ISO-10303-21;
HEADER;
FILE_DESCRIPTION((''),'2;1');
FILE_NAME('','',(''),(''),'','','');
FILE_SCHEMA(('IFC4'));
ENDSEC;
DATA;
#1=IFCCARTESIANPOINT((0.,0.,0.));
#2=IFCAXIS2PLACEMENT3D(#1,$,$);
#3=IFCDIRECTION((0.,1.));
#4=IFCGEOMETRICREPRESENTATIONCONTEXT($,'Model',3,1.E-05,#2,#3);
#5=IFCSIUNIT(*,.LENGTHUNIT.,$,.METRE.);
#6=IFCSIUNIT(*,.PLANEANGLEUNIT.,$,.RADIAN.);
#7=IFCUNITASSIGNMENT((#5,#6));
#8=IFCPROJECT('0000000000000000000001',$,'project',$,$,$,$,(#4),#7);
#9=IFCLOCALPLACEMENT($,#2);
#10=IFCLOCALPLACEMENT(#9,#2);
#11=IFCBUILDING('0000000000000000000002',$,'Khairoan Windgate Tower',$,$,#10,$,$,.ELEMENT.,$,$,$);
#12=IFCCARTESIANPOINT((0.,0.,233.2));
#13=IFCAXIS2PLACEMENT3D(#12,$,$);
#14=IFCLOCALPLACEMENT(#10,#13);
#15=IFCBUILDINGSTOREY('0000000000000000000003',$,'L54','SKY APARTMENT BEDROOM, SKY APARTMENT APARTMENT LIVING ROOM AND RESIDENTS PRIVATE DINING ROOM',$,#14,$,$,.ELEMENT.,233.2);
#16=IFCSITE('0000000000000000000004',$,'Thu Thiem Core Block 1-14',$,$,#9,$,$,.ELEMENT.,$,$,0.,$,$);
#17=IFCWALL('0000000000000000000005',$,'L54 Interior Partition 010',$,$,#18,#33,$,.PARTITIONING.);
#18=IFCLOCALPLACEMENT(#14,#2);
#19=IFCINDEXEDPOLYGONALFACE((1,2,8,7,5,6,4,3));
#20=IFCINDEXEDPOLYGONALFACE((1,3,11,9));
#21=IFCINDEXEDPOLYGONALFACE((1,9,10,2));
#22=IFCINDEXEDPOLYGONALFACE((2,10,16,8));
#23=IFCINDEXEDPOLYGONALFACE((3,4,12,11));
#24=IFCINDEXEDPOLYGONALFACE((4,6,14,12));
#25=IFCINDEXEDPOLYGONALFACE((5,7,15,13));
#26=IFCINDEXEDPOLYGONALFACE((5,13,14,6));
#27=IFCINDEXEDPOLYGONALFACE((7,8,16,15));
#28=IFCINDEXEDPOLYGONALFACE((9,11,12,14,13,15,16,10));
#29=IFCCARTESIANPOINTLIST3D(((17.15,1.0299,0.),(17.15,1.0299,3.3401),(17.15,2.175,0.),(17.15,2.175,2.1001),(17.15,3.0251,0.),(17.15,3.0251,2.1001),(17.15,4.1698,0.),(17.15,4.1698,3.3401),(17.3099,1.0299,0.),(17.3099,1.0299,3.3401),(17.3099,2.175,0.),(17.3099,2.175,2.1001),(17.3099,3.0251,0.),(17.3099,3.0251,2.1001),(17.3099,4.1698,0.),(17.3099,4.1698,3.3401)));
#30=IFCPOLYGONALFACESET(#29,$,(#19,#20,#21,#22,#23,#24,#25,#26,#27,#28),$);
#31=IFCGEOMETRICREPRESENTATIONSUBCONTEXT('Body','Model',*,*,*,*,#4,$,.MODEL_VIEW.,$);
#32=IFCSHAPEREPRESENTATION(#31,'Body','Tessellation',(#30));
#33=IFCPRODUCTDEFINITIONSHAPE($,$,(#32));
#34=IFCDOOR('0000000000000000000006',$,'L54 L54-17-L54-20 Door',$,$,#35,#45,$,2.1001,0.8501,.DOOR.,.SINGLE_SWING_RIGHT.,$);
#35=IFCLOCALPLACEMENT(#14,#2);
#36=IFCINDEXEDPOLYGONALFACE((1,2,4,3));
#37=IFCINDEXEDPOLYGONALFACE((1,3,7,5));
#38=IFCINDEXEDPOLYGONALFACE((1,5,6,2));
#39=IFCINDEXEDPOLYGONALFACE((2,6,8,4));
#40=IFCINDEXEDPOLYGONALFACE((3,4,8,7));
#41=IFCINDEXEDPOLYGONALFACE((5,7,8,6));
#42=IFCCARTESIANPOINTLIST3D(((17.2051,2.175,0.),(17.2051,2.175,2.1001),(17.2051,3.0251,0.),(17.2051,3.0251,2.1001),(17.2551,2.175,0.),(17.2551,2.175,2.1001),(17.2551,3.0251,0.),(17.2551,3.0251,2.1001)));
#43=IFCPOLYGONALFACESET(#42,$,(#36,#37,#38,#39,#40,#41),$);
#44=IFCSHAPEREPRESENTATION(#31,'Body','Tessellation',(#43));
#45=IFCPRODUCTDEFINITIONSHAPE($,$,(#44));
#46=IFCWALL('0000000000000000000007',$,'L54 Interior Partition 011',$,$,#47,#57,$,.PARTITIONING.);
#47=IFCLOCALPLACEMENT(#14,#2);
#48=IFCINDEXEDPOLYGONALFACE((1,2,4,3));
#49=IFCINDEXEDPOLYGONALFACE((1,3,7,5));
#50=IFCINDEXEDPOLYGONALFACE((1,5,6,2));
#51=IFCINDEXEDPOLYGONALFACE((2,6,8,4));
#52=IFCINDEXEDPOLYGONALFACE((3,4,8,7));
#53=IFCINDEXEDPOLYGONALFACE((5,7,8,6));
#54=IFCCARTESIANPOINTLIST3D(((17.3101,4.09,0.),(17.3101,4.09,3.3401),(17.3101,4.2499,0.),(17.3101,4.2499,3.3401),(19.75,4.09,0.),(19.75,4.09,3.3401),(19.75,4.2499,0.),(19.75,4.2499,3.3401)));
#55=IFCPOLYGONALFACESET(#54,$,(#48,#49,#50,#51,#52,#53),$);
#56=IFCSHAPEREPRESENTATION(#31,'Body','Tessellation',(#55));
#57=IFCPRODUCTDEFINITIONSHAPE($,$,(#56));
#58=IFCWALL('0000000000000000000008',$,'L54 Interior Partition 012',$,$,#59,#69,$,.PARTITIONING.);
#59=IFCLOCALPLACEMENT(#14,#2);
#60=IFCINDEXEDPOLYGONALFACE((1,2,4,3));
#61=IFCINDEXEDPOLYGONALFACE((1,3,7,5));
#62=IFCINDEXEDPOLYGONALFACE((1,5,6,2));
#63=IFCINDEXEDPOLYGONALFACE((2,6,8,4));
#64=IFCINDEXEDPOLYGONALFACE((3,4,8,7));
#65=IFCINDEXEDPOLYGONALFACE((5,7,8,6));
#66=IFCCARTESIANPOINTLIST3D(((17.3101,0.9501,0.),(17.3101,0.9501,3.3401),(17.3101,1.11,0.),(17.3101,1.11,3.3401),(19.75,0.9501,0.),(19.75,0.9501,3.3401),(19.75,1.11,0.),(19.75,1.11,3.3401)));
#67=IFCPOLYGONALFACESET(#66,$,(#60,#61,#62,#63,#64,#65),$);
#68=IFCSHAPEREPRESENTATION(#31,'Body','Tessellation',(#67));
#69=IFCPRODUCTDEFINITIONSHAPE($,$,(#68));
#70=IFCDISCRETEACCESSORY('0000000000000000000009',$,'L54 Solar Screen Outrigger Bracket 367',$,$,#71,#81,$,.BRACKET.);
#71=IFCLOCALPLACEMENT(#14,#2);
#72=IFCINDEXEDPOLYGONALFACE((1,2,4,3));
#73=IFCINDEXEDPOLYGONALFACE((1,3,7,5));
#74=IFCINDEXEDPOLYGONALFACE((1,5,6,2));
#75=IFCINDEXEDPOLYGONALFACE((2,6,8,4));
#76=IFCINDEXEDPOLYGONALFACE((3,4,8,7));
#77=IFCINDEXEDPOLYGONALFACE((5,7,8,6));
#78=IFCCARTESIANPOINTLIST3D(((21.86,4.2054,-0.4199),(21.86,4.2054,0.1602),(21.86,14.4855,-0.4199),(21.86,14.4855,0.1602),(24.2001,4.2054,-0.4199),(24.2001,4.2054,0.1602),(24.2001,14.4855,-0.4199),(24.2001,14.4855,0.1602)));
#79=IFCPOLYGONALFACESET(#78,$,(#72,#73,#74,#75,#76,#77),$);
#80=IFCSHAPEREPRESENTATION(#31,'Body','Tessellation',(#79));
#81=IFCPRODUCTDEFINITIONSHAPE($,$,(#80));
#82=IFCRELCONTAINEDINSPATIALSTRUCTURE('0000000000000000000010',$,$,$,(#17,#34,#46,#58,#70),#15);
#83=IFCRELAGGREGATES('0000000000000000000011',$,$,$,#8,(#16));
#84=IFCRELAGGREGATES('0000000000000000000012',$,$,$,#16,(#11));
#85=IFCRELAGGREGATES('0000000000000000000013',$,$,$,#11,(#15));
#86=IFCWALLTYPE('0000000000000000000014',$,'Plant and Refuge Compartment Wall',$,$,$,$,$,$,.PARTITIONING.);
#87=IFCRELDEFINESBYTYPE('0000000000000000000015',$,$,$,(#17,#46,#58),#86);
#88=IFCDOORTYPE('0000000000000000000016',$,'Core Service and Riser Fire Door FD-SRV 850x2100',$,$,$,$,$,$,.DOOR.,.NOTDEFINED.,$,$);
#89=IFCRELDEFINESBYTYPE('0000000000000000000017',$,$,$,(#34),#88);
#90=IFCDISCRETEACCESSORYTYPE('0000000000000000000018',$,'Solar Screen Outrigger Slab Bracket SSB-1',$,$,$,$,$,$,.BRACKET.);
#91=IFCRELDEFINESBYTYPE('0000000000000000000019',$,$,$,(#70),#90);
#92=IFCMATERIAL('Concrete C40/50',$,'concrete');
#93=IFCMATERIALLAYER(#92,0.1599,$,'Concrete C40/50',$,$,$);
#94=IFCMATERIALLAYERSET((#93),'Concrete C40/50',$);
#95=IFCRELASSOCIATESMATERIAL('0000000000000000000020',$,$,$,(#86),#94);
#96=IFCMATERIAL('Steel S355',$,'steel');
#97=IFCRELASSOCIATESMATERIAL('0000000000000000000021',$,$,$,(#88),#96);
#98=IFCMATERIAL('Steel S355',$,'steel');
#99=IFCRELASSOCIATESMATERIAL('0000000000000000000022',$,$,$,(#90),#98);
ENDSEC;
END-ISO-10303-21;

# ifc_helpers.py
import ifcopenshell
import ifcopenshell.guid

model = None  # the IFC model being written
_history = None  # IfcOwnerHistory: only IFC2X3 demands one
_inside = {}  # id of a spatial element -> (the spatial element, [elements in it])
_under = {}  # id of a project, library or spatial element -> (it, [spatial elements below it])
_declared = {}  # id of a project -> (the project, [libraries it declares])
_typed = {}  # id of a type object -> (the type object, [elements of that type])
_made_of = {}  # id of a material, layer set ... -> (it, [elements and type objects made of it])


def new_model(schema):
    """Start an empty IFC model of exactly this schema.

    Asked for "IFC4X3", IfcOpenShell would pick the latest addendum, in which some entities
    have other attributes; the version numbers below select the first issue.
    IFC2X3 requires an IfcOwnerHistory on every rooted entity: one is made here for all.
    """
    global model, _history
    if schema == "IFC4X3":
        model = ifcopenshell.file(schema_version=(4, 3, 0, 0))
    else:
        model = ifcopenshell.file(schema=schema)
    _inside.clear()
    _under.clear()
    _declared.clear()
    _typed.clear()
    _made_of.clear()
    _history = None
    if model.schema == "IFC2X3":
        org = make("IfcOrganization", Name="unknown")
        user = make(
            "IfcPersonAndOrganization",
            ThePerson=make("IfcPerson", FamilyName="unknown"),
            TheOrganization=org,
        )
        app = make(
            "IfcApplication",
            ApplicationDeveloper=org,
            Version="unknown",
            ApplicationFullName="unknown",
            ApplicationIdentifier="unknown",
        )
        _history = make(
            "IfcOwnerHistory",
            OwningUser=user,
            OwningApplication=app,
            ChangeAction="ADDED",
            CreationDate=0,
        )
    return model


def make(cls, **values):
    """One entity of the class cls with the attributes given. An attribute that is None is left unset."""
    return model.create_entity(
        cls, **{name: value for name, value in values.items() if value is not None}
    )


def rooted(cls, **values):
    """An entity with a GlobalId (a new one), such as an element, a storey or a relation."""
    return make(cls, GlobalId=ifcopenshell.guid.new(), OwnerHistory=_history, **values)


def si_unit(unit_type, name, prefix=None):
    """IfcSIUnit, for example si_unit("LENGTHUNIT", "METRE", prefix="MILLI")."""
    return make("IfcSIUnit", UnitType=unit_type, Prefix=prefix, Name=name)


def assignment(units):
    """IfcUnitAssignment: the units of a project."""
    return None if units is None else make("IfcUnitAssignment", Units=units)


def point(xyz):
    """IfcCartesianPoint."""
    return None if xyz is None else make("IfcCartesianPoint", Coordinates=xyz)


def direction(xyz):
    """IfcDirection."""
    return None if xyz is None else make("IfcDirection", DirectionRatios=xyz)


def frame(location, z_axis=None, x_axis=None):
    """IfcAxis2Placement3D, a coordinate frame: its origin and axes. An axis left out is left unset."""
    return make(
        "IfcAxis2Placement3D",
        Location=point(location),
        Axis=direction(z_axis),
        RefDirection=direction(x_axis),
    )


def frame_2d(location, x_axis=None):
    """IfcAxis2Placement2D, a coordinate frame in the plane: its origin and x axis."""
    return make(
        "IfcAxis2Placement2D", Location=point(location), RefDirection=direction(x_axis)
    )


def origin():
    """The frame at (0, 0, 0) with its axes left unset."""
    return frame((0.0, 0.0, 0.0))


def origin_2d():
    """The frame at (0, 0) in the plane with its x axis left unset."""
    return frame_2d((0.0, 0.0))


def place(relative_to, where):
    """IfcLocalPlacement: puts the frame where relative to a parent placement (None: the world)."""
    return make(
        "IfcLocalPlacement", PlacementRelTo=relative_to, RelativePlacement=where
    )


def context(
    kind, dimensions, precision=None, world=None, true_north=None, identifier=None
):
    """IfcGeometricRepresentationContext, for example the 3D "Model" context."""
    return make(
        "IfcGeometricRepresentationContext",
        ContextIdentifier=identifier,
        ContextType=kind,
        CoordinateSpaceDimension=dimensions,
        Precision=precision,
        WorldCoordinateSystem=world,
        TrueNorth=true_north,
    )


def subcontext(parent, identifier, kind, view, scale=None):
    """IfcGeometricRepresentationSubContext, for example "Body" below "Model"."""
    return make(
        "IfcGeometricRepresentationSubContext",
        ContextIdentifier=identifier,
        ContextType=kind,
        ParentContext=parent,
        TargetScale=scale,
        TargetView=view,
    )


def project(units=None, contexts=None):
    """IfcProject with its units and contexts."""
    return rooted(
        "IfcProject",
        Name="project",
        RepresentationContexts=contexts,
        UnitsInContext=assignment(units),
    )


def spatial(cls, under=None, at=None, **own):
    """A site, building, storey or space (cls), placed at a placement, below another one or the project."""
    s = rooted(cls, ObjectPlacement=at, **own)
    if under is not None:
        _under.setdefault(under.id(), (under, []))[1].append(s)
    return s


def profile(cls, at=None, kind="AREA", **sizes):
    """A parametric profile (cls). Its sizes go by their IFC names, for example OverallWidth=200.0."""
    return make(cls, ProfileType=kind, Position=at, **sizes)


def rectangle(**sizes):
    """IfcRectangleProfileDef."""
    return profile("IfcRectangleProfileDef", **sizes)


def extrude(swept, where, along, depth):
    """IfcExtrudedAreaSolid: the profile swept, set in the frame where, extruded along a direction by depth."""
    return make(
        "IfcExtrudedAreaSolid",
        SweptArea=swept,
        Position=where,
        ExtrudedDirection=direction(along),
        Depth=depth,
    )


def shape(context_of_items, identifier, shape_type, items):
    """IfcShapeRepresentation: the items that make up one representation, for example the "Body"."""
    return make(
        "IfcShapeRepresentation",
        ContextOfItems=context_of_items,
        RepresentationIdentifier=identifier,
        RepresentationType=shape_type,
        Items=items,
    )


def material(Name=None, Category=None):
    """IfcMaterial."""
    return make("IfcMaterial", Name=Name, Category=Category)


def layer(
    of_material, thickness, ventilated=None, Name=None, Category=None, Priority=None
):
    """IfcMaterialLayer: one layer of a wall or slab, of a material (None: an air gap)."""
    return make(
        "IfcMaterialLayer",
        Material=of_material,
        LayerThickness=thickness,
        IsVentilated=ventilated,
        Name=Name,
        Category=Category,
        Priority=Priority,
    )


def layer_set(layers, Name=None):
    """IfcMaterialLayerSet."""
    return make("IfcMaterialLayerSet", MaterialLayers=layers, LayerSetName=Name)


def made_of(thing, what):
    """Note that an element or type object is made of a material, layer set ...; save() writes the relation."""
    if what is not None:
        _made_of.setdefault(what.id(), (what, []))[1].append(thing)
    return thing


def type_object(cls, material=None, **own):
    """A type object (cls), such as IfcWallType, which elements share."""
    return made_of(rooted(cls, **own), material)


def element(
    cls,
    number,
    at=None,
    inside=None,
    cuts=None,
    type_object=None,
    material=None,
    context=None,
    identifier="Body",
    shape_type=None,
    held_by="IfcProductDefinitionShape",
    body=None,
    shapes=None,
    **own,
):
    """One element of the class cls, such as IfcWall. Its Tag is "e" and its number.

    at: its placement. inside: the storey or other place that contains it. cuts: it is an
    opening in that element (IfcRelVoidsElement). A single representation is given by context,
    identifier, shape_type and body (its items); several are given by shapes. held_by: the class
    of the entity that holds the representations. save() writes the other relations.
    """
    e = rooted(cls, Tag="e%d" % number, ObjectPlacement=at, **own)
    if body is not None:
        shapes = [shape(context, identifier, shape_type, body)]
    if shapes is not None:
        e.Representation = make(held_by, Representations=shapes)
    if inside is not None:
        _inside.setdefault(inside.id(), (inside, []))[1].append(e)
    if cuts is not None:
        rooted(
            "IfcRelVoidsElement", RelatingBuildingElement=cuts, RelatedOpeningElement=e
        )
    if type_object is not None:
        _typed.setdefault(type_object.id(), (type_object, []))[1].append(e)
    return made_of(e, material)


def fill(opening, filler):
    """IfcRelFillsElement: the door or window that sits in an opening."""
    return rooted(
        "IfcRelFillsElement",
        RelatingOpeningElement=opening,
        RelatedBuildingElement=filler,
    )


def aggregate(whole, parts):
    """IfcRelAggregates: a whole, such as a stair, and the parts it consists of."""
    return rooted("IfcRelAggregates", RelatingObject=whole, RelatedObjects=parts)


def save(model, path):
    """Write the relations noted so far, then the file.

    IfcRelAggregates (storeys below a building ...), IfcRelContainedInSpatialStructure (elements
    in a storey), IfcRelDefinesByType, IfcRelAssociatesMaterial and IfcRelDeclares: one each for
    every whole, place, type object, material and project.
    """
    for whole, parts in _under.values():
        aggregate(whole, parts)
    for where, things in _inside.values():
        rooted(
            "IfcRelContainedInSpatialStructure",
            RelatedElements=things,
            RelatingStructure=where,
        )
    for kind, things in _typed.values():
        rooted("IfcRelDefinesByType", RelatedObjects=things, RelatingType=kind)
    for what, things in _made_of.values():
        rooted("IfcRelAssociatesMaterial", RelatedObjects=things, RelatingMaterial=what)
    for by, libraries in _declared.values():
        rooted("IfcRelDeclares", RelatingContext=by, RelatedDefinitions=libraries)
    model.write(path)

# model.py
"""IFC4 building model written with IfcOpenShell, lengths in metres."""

from ifc_helpers import new_model, si_unit, direction, frame, frame_2d, origin, origin_2d, place, context, subcontext, project, spatial, rectangle, extrude, material, layer, layer_set, type_object, element, fill, save


model = new_model("IFC4")

# Units and contexts
model_context = context("Model", 3, precision=1e-05, world=origin(), true_north=direction((0.0, 1.0)))
body_context = subcontext(model_context, "Body", "Model", "MODEL_VIEW")
ifc_project = project(units=[si_unit("LENGTHUNIT", "METRE"), si_unit("PLANEANGLEUNIT", "RADIAN")], contexts=[model_context])

# Site, building, storey
site_placement = place(None, origin())
site = spatial("IfcSite", under=ifc_project, at=site_placement, Name="Thu Thiem Core Block 1-14", CompositionType="ELEMENT", RefElevation=0.0)
building_placement = place(site_placement, origin())
building = spatial("IfcBuilding", under=site, at=building_placement, Name="Khairoan Windgate Tower", CompositionType="ELEMENT")
storey_placement = place(building_placement, frame((0.0, 0.0, 233.2)))
storey = spatial("IfcBuildingStorey", under=building, at=storey_placement, Name="L54", Description="SKY APARTMENT BEDROOM, SKY APARTMENT APARTMENT LIVING ROOM AND RESIDENTS PRIVATE DINING ROOM", CompositionType="ELEMENT", Elevation=233.2)

# Wall, opening, door
ifc_material_1 = material(Name="Concrete C40/50", Category="concrete")
ifc_layer_1 = layer(ifc_material_1, 0.1599, Name="Concrete C40/50")
ifc_layer_set_1 = layer_set([ifc_layer_1], Name="Concrete C40/50")
wall_type_1 = type_object("IfcWallType", Name="Plant and Refuge Compartment Wall", PredefinedType="PARTITIONING", material=ifc_layer_set_1)
ifc_material_2 = material(Name="Steel S355", Category="steel")
door_type = type_object("IfcDoorType", Name="Core Service and Riser Fire Door FD-SRV 850x2100", OperationType="NOTDEFINED", PredefinedType="DOOR", material=ifc_material_2)
wall_1_placement = place(storey_placement, frame((17.23, 1.03, 0.0), z_axis=(0.0, 0.0, 1.0), x_axis=(0.0, 1.0, 0.0)))
wall_1 = element("IfcWall", 1, at=wall_1_placement, inside=storey, type_object=wall_type_1, Name="L54 Interior Partition 010", PredefinedType="PARTITIONING", context=body_context, shape_type="SweptSolid", body=[
    extrude(rectangle(XDim=3.1399, YDim=0.1599, at=frame_2d((1.5698, 0.0))), origin(), (0.0, 0.0, 1.0), 3.3401),
])
opening_1_placement = place(wall_1_placement, frame((1.145, 0.0, 0.0)))
opening_1 = element("IfcOpeningElement", 2, at=opening_1_placement, cuts=wall_1, PredefinedType="OPENING", context=body_context, shape_type="SweptSolid", body=[
    extrude(rectangle(XDim=0.8501, YDim=2.1001, at=frame_2d((0.425, 1.05))), frame((0.0, 0.0898, 0.0), z_axis=(0.0, -1.0, 0.0), x_axis=(1.0, 0.0, 0.0)), (0.0, 0.0, 1.0), 0.1799),
])
door_1_placement = place(opening_1_placement, origin())
door_1 = element("IfcDoor", 3, at=door_1_placement, inside=storey, type_object=door_type, Name="L54 L54-17-L54-20 Door", OperationType="SINGLE_SWING_RIGHT", OverallHeight=2.1001, OverallWidth=0.8501, PredefinedType="DOOR", context=body_context, shape_type="SweptSolid", body=[
    extrude(rectangle(XDim=0.8501, YDim=2.1001, at=frame_2d((0.425, 1.05))), frame((0.0, 0.0249, 0.0), z_axis=(0.0, -1.0, 0.0), x_axis=(1.0, 0.0, 0.0)), (0.0, 0.0, 1.0), 0.05),
])
fill(opening_1, door_1)

# Walls
for number, where, z_axis, x_axis, name in (
    (4, (17.3101, 4.1699, 0.0), (0.0, 0.0, 1.0), (1.0, 0.0, 0.0), "L54 Interior Partition 011"),
    (5, (17.3101, 1.03, 0.0), (0.0, 0.0, 1.0), (1.0, 0.0, 0.0), "L54 Interior Partition 012"),
):
    element("IfcWall", number, at=place(storey_placement, frame(where, z_axis=z_axis, x_axis=x_axis)), inside=storey, type_object=wall_type_1, Name=name, PredefinedType="PARTITIONING", context=body_context, shape_type="SweptSolid", body=[
        extrude(rectangle(XDim=2.4399, YDim=0.1599, at=frame_2d((1.22, 0.0))), origin(), (0.0, 0.0, 1.0), 3.3401),
    ])

# Discrete accessory
ifc_material_3 = material(Name="Steel S355", Category="steel")
discrete_accessory_type = type_object("IfcDiscreteAccessoryType", Name="Solar Screen Outrigger Slab Bracket SSB-1", PredefinedType="BRACKET", material=ifc_material_3)
discrete_accessory_placement = place(storey_placement, frame((23.03, 9.3455, -0.4199), z_axis=(0.0, 0.0, 1.0), x_axis=(0.0, -1.0, 0.0)))
element("IfcDiscreteAccessory", 6, at=discrete_accessory_placement, inside=storey, type_object=discrete_accessory_type, Name="L54 Solar Screen Outrigger Bracket 367", PredefinedType="BRACKET", context=body_context, shape_type="SweptSolid", body=[
    extrude(rectangle(XDim=10.28, YDim=2.3401, at=origin_2d()), origin(), (0.0, 0.0, 1.0), 0.5801),
])

save(model, "model.ifc")
